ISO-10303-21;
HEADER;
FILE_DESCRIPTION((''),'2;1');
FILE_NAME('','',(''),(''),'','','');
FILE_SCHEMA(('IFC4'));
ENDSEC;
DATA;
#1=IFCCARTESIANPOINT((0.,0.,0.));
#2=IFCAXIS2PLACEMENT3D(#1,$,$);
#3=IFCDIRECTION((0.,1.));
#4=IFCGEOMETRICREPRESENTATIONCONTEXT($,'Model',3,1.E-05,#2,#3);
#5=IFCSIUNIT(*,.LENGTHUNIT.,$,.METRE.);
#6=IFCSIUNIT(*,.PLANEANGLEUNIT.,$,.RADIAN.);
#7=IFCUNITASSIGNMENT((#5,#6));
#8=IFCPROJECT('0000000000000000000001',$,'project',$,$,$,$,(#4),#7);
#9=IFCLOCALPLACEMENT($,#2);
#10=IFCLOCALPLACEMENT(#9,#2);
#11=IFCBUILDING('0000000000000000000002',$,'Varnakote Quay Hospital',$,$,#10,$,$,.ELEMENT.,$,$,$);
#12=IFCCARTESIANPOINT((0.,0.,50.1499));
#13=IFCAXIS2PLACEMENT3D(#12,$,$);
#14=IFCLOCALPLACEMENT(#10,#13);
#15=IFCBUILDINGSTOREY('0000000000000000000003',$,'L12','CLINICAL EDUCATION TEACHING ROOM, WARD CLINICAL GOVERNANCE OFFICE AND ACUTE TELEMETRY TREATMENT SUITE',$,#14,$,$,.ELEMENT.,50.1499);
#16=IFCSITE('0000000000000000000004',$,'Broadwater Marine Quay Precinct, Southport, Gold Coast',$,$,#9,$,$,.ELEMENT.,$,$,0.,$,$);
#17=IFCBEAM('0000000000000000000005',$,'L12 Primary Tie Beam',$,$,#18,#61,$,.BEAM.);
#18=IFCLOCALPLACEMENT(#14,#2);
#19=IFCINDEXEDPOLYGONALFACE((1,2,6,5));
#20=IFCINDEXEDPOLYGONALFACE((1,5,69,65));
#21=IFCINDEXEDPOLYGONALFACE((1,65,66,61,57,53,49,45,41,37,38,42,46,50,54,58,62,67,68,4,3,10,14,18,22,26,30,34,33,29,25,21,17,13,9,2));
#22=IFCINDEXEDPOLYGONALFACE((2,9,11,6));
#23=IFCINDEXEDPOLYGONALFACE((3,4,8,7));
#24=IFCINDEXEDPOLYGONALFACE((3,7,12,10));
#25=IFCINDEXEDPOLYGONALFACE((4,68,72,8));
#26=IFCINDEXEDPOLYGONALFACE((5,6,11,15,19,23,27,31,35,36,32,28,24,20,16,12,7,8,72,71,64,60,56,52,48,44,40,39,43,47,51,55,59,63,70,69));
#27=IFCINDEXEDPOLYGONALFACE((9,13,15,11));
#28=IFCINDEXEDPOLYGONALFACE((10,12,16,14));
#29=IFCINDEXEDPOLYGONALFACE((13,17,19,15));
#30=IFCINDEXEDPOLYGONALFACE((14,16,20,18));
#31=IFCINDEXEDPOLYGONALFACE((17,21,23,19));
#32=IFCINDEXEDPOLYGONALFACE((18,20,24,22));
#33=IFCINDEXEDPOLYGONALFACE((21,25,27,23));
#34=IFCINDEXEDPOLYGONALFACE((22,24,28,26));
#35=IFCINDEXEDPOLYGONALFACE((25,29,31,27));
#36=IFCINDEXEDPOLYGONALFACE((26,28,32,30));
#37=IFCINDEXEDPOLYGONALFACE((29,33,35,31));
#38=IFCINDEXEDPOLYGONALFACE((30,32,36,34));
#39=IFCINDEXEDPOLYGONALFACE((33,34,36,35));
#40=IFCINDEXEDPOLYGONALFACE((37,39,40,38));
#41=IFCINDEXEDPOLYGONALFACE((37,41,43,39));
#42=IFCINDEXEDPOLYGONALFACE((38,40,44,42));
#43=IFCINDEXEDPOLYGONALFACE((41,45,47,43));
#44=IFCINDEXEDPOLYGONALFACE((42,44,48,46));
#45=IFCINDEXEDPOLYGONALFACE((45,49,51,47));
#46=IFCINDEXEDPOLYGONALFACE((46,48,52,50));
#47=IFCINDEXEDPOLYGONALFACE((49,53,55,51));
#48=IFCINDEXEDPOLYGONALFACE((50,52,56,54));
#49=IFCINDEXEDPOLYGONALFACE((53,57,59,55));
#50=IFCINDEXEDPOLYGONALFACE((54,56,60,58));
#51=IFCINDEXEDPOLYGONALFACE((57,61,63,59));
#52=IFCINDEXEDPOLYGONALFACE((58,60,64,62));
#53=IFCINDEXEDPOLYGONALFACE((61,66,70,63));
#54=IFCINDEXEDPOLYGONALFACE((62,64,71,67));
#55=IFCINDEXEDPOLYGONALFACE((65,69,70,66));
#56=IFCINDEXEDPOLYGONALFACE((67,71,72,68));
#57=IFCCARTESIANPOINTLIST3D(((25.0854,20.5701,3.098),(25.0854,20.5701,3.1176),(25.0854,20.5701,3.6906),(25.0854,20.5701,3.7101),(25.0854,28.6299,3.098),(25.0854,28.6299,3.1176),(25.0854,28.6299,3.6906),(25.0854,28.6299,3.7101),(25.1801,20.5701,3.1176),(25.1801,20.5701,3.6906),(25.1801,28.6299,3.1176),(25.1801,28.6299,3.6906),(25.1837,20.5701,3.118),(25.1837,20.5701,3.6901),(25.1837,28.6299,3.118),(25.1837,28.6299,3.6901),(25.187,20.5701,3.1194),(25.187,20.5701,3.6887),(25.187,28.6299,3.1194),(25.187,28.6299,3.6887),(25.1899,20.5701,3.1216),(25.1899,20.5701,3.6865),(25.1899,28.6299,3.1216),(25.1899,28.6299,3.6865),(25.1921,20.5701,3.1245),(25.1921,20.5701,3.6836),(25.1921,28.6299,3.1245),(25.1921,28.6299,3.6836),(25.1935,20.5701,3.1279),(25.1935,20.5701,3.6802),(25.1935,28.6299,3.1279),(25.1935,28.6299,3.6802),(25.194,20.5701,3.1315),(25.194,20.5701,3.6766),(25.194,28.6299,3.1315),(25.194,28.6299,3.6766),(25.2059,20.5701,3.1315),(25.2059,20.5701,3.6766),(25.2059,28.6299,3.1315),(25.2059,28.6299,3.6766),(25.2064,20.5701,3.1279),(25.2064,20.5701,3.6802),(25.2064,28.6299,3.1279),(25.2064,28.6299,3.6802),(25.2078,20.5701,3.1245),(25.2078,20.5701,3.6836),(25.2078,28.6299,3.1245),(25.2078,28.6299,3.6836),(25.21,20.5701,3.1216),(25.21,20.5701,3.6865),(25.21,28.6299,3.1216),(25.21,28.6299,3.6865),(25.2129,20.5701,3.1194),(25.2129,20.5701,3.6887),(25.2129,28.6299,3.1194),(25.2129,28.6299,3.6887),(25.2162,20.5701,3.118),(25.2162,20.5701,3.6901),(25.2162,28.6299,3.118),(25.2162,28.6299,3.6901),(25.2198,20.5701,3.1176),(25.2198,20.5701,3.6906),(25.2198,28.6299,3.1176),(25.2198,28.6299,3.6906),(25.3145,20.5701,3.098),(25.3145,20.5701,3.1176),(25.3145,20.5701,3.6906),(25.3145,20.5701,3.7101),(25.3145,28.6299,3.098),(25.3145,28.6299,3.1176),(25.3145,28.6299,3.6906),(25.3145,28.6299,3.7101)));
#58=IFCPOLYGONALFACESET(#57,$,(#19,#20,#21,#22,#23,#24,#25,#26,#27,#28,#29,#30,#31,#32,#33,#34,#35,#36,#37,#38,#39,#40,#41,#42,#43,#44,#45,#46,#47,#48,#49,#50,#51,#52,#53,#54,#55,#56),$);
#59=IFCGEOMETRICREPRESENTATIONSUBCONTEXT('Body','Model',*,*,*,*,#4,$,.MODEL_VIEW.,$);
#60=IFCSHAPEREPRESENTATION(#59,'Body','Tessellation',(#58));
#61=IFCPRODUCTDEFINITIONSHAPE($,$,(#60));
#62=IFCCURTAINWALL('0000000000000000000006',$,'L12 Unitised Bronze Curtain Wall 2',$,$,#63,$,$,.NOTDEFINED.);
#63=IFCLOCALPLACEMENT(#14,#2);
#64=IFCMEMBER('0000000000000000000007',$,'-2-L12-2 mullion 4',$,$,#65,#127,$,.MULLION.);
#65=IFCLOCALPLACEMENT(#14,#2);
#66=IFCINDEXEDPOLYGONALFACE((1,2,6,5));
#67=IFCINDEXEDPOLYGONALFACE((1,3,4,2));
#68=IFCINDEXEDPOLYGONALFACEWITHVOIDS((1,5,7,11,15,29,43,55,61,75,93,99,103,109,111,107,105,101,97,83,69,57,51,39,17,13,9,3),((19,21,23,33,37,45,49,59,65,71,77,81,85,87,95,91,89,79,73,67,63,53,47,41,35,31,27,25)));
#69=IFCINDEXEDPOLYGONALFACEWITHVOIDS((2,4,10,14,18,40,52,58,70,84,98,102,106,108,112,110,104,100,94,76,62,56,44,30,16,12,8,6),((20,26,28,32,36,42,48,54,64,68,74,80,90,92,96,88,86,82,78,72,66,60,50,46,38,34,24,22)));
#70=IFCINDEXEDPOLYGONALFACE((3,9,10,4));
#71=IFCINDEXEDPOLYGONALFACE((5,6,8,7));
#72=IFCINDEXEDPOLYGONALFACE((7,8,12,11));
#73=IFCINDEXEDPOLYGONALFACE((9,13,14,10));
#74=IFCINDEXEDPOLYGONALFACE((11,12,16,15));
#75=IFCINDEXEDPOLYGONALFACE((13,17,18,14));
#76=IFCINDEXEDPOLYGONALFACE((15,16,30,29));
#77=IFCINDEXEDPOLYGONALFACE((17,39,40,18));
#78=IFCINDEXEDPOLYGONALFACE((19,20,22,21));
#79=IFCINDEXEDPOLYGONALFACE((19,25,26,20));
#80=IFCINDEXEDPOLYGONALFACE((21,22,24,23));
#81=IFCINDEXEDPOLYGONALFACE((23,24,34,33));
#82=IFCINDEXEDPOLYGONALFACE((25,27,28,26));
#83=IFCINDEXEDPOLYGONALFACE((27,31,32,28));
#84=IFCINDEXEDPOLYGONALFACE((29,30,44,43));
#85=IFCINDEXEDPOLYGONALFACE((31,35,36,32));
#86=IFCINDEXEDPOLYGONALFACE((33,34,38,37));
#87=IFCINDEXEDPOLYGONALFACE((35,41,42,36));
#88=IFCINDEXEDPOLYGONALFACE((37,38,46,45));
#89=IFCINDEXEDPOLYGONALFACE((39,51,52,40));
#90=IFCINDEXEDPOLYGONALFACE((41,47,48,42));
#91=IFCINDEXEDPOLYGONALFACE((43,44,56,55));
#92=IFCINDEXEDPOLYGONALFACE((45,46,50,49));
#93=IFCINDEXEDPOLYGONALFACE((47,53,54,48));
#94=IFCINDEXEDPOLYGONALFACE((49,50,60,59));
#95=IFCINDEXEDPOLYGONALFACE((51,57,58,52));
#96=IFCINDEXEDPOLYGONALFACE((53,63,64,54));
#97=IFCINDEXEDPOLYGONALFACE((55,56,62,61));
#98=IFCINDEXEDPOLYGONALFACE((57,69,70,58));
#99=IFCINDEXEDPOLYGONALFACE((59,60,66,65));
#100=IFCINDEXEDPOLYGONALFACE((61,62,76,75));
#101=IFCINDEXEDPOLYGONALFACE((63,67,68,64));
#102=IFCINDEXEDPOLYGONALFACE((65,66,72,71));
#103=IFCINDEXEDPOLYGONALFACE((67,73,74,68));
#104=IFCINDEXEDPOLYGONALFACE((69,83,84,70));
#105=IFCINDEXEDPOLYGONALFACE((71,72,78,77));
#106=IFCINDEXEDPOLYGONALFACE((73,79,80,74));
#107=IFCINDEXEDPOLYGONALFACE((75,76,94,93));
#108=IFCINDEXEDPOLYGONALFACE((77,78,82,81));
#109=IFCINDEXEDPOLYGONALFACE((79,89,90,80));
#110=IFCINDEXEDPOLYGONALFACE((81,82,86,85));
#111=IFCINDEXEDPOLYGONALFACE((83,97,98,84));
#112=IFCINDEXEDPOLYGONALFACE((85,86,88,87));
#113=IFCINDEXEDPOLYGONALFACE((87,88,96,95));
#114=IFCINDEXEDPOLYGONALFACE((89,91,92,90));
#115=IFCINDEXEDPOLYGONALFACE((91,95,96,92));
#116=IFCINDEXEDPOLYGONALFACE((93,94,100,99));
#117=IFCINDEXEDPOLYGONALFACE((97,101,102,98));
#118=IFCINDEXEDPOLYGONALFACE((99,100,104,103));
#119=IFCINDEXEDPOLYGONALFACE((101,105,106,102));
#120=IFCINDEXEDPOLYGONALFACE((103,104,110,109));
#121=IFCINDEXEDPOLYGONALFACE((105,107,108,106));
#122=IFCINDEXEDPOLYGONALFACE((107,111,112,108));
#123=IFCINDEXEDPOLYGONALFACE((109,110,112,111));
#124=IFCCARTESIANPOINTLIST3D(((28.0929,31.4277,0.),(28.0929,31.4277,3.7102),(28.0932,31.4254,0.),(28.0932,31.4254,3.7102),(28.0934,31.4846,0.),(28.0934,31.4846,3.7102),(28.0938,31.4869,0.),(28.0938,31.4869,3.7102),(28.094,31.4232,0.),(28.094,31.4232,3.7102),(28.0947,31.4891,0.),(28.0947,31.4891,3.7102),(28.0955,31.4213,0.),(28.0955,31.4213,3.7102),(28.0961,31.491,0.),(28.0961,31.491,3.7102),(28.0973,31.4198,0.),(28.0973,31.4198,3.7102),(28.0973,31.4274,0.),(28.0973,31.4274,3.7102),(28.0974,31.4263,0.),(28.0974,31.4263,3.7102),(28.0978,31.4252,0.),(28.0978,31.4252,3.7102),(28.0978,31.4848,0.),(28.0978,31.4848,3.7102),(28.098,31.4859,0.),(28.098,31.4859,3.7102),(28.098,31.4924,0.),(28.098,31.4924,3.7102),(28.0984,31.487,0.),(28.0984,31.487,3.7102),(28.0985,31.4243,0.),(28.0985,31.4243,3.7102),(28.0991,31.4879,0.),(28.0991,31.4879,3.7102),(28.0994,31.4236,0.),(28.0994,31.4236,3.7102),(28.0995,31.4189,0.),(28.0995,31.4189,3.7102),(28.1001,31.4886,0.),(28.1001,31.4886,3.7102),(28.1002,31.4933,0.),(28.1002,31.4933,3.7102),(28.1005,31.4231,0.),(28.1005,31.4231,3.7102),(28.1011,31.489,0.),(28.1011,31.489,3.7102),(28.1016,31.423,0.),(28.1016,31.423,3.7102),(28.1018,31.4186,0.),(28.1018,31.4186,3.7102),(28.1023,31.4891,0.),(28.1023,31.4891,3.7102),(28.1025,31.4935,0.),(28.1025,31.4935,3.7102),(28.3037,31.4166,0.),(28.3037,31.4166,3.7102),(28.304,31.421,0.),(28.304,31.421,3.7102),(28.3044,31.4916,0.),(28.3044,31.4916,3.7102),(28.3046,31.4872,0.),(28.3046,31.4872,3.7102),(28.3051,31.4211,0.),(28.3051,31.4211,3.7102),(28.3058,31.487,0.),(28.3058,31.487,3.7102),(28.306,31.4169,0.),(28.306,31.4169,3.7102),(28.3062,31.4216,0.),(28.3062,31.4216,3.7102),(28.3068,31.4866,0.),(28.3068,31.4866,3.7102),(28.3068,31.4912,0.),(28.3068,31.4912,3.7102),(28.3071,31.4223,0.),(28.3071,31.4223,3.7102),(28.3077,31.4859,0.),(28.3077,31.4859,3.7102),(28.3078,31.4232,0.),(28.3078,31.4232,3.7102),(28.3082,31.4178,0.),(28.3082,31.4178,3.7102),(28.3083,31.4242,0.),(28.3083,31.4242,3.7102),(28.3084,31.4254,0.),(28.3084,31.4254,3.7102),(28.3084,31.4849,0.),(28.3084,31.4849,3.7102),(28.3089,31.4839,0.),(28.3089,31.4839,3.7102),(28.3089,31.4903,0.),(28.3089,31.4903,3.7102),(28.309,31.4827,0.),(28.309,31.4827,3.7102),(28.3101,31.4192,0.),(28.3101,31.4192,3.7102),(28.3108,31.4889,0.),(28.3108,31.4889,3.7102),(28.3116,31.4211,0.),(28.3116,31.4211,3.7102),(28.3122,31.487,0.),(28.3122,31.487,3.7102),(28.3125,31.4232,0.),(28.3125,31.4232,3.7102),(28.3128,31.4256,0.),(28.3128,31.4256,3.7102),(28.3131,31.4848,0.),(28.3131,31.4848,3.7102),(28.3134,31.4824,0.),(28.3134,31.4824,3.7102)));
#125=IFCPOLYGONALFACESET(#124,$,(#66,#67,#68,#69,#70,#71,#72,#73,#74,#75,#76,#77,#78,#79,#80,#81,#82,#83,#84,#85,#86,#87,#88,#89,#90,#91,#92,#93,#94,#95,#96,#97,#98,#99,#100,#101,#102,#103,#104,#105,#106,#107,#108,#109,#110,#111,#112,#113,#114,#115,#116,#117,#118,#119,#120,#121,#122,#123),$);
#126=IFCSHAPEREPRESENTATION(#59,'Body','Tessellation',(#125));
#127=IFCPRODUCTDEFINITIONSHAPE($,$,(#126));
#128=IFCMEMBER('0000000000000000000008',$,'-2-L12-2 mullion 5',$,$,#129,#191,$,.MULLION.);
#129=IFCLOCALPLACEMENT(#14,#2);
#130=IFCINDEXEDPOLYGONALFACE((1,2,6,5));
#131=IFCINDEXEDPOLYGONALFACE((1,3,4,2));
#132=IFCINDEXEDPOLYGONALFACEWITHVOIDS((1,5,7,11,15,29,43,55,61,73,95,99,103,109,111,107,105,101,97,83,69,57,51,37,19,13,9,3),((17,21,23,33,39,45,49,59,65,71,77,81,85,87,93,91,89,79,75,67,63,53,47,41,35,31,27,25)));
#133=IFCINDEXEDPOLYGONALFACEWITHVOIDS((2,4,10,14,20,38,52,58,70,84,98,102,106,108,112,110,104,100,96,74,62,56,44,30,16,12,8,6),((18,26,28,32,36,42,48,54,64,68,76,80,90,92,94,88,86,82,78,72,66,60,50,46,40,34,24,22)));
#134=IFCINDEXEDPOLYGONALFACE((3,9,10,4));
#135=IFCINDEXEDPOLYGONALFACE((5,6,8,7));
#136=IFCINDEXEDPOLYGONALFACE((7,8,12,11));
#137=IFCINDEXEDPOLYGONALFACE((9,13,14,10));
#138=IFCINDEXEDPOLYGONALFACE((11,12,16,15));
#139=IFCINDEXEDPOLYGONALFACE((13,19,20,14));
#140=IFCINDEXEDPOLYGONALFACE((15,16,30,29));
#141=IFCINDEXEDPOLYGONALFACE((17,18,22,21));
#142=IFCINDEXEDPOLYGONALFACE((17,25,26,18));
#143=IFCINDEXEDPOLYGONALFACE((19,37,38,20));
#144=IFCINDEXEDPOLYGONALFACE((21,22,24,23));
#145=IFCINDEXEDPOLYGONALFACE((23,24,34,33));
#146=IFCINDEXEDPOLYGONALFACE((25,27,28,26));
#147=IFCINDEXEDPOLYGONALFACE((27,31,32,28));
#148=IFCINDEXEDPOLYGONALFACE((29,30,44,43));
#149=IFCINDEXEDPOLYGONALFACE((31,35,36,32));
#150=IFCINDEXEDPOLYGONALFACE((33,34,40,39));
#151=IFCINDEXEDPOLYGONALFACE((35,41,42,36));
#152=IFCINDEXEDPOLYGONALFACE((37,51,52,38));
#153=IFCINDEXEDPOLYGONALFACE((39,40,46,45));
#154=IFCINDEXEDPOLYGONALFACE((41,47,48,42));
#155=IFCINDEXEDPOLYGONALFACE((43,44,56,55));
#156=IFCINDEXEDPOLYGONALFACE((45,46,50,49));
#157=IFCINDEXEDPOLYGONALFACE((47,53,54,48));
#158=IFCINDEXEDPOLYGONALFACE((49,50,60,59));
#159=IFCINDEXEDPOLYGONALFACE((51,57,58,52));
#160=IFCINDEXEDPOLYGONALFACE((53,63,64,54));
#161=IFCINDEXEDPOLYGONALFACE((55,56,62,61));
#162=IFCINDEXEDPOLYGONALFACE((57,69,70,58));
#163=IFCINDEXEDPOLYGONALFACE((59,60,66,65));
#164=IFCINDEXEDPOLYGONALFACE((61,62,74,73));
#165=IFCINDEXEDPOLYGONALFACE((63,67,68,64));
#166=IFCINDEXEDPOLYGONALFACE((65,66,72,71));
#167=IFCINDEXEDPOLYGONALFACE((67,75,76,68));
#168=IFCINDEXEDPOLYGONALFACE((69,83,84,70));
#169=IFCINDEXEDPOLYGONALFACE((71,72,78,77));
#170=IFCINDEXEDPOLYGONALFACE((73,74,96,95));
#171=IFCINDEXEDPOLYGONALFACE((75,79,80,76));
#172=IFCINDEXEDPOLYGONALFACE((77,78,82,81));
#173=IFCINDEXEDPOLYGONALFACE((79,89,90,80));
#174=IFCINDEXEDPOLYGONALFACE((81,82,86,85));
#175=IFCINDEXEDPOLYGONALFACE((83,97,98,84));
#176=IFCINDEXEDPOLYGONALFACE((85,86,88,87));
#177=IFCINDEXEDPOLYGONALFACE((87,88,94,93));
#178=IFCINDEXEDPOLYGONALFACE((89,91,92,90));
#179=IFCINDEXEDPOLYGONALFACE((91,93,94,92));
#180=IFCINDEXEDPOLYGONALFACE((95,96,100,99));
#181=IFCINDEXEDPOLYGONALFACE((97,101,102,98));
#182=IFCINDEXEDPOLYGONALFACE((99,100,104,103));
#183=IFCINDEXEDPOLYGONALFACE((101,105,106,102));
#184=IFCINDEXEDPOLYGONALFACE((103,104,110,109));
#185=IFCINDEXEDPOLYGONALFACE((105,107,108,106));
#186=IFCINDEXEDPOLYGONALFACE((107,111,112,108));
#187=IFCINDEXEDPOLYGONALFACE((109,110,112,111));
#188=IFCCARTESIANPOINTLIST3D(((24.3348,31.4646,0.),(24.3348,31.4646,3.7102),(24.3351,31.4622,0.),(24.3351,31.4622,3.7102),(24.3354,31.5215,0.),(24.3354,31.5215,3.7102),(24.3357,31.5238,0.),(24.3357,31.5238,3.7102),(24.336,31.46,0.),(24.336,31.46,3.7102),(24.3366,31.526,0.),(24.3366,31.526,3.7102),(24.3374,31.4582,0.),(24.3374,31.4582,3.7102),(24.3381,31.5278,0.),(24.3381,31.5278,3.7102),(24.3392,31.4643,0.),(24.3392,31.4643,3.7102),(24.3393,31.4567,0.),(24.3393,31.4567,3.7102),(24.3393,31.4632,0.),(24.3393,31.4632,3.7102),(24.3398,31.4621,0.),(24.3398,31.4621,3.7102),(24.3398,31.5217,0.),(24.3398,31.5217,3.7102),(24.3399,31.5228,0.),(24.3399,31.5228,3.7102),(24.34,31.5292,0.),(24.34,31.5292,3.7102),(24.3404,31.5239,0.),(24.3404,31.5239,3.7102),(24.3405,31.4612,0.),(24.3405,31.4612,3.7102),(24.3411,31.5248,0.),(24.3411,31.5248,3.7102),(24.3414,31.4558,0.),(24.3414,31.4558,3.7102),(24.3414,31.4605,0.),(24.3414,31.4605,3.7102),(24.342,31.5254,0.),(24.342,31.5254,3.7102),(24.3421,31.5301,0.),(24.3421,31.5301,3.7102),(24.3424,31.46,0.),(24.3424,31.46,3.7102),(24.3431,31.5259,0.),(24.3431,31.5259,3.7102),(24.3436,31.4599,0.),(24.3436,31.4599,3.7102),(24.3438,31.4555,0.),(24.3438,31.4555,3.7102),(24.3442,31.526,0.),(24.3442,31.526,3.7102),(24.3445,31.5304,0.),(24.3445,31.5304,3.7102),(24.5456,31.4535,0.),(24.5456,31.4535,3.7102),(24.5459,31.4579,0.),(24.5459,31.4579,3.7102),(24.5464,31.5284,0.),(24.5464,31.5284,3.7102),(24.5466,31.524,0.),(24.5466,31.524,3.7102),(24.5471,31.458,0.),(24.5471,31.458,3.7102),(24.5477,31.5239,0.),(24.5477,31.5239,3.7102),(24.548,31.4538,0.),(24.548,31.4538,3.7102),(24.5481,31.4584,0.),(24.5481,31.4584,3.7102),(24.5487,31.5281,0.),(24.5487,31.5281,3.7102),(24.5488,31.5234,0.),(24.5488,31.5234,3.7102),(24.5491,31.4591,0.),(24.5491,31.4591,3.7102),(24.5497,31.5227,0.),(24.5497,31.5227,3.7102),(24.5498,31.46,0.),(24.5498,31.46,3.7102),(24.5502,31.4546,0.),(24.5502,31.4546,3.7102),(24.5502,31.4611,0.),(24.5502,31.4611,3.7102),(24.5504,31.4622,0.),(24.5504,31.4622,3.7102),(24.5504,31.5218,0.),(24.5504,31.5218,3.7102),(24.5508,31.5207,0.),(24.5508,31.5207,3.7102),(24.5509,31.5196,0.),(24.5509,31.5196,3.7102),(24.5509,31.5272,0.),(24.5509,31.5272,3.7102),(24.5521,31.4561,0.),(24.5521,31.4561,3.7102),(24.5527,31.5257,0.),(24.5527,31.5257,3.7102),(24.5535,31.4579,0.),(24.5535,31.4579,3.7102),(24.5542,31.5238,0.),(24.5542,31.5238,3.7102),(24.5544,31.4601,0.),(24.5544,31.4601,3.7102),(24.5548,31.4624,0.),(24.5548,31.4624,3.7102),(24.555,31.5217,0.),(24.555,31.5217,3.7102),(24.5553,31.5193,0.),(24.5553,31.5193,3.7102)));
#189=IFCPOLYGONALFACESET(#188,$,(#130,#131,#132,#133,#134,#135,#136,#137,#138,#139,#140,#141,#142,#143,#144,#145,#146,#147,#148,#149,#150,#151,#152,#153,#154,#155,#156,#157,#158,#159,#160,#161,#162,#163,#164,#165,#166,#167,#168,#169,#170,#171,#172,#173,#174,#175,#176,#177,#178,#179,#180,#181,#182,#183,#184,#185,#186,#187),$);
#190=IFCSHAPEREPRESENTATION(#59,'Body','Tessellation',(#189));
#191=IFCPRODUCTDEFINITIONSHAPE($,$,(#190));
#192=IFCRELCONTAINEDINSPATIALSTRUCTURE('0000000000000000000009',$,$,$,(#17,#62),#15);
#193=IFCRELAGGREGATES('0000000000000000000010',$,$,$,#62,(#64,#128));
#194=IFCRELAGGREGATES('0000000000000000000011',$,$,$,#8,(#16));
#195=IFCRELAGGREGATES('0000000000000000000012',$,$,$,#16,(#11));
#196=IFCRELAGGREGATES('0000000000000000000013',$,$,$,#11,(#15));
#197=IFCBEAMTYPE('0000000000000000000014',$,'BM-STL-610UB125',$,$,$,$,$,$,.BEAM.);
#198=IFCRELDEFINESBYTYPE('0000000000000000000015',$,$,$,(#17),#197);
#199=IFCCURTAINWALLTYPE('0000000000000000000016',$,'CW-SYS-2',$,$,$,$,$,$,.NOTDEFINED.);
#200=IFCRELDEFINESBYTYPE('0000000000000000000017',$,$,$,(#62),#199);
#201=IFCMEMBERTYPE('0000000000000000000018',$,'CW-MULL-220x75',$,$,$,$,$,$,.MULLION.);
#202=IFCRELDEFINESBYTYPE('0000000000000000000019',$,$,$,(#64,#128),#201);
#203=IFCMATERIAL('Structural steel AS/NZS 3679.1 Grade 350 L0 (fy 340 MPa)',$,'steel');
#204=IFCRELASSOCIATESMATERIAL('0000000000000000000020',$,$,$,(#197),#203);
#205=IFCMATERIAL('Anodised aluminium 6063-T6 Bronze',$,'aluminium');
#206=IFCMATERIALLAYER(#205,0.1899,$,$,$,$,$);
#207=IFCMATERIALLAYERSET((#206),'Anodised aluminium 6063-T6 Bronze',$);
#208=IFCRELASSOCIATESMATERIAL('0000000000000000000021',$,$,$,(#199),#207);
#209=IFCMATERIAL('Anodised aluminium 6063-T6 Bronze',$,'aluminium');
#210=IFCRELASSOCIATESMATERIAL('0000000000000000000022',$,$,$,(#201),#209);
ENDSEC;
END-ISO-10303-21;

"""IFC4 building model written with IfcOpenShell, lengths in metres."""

from ifc_helpers import new_model, si_unit, direction, frame, origin, origin_2d, place, context, subcontext, project, spatial, hollow_rectangle, i_section, extrude, material, layer, layer_set, material_profile, profile_set, type_object, element, aggregate, save


model = new_model("IFC4")

# Units and contexts
model_context = context("Model", 3, precision=1e-05, world=origin(), true_north=direction((0.0, 1.0)))
body_context = subcontext(model_context, "Body", "Model", "MODEL_VIEW")
ifc_project = project(units=[si_unit("LENGTHUNIT", "METRE"), si_unit("PLANEANGLEUNIT", "RADIAN")], contexts=[model_context])

# Site, building, storey
site_placement = place(None, origin())
site = spatial("IfcSite", under=ifc_project, at=site_placement, Name="Broadwater Marine Quay Precinct, Southport, Gold Coast", CompositionType="ELEMENT", RefElevation=0.0)
building_placement = place(site_placement, origin())
building = spatial("IfcBuilding", under=site, at=building_placement, Name="Varnakote Quay Hospital", CompositionType="ELEMENT")
storey_placement = place(building_placement, frame((0.0, 0.0, 50.1499)))
storey = spatial("IfcBuildingStorey", under=building, at=storey_placement, Name="L12", Description="CLINICAL EDUCATION TEACHING ROOM, WARD CLINICAL GOVERNANCE OFFICE AND ACUTE TELEMETRY TREATMENT SUITE", CompositionType="ELEMENT", Elevation=50.1499)

# Beam
ifc_material_1 = material(Name="Structural steel AS/NZS 3679.1 Grade 350 L0 (fy 340 MPa)", Category="steel")
ifc_material_profile_1 = material_profile(ifc_material_1, i_section(OverallWidth=0.229, OverallDepth=0.6121, WebThickness=0.012, FlangeThickness=0.0195, FilletRadius=0.0139, at=origin_2d()), Name="610UB125")
ifc_profile_set_1 = profile_set([ifc_material_profile_1], Name="Structural steel AS/NZS 3679.1 Grade 350 L0 (fy 340 MPa)")
beam_type_1 = type_object("IfcBeamType", Name="BM-STL-610UB125", PredefinedType="BEAM", material=ifc_profile_set_1)
beam_1_placement = place(storey_placement, frame((25.2, 20.5701, 3.4041), z_axis=(0.0, 1.0, 0.0), x_axis=(-1.0, 0.0, 0.0)))
element("IfcBeam", 1, at=beam_1_placement, inside=storey, type_object=beam_type_1, Name="L12 Primary Tie Beam", PredefinedType="BEAM", context=body_context, shape_type="SweptSolid", body=[
    extrude(i_section(OverallWidth=0.229, OverallDepth=0.6121, WebThickness=0.012, FlangeThickness=0.0195, FilletRadius=0.0139, at=origin_2d()), origin(), (0.0, 0.0, 1.0), 8.0598),
])

# Curtain wall, members
ifc_material_2 = material(Name="Anodised aluminium 6063-T6 Bronze", Category="aluminium")
ifc_layer_1 = layer(ifc_material_2, 0.1899)
ifc_layer_set_1 = layer_set([ifc_layer_1], Name="Anodised aluminium 6063-T6 Bronze")
curtain_wall_type = type_object("IfcCurtainWallType", Name="CW-SYS-2", PredefinedType="NOTDEFINED", material=ifc_layer_set_1)
curtain_wall_placement = place(storey_placement, origin())
curtain_wall = element("IfcCurtainWall", 2, at=curtain_wall_placement, inside=storey, type_object=curtain_wall_type, Name="L12 Unitised Bronze Curtain Wall 2", PredefinedType="NOTDEFINED")
ifc_material_3 = material(Name="Anodised aluminium 6063-T6 Bronze", Category="aluminium")
ifc_material_profile_2 = material_profile(ifc_material_3, hollow_rectangle(XDim=0.075, YDim=0.22, WallThickness=0.0044, InnerFilletRadius=0.0044, OuterFilletRadius=0.009, at=origin_2d()), Name="CW-MULL-220x75")
ifc_profile_set_2 = profile_set([ifc_material_profile_2], Name="Anodised aluminium 6063-T6 Bronze")
member_type_1 = type_object("IfcMemberType", Name="CW-MULL-220x75", PredefinedType="MULLION", material=ifc_profile_set_2)
member_1_placement = place(storey_placement, frame((28.2031, 31.4551, 0.0), z_axis=(0.0, 0.0, 1.0), x_axis=(-0.009774, -0.999952, 0.0)))
member_1 = element("IfcMember", 3, at=member_1_placement, type_object=member_type_1, Name="-2-L12-2 mullion 4", PredefinedType="MULLION", context=body_context, shape_type="SweptSolid", body=[
    extrude(hollow_rectangle(XDim=0.075, YDim=0.22, WallThickness=0.0044, InnerFilletRadius=0.0044, OuterFilletRadius=0.009, at=origin_2d()), origin(), (0.0, 0.0, 1.0), 3.7102),
])
member_2_placement = place(storey_placement, frame((24.4451, 31.4919, 0.0), z_axis=(0.0, 0.0, 1.0), x_axis=(-0.009774, -0.999952, 0.0)))
member_2 = element("IfcMember", 4, at=member_2_placement, type_object=member_type_1, Name="-2-L12-2 mullion 5", PredefinedType="MULLION", context=body_context, shape_type="SweptSolid", body=[
    extrude(hollow_rectangle(XDim=0.075, YDim=0.22, WallThickness=0.0044, InnerFilletRadius=0.0044, OuterFilletRadius=0.009, at=origin_2d()), origin(), (0.0, 0.0, 1.0), 3.7102),
])

aggregate(curtain_wall, [member_1, member_2])

save(model, "model.ifc")
